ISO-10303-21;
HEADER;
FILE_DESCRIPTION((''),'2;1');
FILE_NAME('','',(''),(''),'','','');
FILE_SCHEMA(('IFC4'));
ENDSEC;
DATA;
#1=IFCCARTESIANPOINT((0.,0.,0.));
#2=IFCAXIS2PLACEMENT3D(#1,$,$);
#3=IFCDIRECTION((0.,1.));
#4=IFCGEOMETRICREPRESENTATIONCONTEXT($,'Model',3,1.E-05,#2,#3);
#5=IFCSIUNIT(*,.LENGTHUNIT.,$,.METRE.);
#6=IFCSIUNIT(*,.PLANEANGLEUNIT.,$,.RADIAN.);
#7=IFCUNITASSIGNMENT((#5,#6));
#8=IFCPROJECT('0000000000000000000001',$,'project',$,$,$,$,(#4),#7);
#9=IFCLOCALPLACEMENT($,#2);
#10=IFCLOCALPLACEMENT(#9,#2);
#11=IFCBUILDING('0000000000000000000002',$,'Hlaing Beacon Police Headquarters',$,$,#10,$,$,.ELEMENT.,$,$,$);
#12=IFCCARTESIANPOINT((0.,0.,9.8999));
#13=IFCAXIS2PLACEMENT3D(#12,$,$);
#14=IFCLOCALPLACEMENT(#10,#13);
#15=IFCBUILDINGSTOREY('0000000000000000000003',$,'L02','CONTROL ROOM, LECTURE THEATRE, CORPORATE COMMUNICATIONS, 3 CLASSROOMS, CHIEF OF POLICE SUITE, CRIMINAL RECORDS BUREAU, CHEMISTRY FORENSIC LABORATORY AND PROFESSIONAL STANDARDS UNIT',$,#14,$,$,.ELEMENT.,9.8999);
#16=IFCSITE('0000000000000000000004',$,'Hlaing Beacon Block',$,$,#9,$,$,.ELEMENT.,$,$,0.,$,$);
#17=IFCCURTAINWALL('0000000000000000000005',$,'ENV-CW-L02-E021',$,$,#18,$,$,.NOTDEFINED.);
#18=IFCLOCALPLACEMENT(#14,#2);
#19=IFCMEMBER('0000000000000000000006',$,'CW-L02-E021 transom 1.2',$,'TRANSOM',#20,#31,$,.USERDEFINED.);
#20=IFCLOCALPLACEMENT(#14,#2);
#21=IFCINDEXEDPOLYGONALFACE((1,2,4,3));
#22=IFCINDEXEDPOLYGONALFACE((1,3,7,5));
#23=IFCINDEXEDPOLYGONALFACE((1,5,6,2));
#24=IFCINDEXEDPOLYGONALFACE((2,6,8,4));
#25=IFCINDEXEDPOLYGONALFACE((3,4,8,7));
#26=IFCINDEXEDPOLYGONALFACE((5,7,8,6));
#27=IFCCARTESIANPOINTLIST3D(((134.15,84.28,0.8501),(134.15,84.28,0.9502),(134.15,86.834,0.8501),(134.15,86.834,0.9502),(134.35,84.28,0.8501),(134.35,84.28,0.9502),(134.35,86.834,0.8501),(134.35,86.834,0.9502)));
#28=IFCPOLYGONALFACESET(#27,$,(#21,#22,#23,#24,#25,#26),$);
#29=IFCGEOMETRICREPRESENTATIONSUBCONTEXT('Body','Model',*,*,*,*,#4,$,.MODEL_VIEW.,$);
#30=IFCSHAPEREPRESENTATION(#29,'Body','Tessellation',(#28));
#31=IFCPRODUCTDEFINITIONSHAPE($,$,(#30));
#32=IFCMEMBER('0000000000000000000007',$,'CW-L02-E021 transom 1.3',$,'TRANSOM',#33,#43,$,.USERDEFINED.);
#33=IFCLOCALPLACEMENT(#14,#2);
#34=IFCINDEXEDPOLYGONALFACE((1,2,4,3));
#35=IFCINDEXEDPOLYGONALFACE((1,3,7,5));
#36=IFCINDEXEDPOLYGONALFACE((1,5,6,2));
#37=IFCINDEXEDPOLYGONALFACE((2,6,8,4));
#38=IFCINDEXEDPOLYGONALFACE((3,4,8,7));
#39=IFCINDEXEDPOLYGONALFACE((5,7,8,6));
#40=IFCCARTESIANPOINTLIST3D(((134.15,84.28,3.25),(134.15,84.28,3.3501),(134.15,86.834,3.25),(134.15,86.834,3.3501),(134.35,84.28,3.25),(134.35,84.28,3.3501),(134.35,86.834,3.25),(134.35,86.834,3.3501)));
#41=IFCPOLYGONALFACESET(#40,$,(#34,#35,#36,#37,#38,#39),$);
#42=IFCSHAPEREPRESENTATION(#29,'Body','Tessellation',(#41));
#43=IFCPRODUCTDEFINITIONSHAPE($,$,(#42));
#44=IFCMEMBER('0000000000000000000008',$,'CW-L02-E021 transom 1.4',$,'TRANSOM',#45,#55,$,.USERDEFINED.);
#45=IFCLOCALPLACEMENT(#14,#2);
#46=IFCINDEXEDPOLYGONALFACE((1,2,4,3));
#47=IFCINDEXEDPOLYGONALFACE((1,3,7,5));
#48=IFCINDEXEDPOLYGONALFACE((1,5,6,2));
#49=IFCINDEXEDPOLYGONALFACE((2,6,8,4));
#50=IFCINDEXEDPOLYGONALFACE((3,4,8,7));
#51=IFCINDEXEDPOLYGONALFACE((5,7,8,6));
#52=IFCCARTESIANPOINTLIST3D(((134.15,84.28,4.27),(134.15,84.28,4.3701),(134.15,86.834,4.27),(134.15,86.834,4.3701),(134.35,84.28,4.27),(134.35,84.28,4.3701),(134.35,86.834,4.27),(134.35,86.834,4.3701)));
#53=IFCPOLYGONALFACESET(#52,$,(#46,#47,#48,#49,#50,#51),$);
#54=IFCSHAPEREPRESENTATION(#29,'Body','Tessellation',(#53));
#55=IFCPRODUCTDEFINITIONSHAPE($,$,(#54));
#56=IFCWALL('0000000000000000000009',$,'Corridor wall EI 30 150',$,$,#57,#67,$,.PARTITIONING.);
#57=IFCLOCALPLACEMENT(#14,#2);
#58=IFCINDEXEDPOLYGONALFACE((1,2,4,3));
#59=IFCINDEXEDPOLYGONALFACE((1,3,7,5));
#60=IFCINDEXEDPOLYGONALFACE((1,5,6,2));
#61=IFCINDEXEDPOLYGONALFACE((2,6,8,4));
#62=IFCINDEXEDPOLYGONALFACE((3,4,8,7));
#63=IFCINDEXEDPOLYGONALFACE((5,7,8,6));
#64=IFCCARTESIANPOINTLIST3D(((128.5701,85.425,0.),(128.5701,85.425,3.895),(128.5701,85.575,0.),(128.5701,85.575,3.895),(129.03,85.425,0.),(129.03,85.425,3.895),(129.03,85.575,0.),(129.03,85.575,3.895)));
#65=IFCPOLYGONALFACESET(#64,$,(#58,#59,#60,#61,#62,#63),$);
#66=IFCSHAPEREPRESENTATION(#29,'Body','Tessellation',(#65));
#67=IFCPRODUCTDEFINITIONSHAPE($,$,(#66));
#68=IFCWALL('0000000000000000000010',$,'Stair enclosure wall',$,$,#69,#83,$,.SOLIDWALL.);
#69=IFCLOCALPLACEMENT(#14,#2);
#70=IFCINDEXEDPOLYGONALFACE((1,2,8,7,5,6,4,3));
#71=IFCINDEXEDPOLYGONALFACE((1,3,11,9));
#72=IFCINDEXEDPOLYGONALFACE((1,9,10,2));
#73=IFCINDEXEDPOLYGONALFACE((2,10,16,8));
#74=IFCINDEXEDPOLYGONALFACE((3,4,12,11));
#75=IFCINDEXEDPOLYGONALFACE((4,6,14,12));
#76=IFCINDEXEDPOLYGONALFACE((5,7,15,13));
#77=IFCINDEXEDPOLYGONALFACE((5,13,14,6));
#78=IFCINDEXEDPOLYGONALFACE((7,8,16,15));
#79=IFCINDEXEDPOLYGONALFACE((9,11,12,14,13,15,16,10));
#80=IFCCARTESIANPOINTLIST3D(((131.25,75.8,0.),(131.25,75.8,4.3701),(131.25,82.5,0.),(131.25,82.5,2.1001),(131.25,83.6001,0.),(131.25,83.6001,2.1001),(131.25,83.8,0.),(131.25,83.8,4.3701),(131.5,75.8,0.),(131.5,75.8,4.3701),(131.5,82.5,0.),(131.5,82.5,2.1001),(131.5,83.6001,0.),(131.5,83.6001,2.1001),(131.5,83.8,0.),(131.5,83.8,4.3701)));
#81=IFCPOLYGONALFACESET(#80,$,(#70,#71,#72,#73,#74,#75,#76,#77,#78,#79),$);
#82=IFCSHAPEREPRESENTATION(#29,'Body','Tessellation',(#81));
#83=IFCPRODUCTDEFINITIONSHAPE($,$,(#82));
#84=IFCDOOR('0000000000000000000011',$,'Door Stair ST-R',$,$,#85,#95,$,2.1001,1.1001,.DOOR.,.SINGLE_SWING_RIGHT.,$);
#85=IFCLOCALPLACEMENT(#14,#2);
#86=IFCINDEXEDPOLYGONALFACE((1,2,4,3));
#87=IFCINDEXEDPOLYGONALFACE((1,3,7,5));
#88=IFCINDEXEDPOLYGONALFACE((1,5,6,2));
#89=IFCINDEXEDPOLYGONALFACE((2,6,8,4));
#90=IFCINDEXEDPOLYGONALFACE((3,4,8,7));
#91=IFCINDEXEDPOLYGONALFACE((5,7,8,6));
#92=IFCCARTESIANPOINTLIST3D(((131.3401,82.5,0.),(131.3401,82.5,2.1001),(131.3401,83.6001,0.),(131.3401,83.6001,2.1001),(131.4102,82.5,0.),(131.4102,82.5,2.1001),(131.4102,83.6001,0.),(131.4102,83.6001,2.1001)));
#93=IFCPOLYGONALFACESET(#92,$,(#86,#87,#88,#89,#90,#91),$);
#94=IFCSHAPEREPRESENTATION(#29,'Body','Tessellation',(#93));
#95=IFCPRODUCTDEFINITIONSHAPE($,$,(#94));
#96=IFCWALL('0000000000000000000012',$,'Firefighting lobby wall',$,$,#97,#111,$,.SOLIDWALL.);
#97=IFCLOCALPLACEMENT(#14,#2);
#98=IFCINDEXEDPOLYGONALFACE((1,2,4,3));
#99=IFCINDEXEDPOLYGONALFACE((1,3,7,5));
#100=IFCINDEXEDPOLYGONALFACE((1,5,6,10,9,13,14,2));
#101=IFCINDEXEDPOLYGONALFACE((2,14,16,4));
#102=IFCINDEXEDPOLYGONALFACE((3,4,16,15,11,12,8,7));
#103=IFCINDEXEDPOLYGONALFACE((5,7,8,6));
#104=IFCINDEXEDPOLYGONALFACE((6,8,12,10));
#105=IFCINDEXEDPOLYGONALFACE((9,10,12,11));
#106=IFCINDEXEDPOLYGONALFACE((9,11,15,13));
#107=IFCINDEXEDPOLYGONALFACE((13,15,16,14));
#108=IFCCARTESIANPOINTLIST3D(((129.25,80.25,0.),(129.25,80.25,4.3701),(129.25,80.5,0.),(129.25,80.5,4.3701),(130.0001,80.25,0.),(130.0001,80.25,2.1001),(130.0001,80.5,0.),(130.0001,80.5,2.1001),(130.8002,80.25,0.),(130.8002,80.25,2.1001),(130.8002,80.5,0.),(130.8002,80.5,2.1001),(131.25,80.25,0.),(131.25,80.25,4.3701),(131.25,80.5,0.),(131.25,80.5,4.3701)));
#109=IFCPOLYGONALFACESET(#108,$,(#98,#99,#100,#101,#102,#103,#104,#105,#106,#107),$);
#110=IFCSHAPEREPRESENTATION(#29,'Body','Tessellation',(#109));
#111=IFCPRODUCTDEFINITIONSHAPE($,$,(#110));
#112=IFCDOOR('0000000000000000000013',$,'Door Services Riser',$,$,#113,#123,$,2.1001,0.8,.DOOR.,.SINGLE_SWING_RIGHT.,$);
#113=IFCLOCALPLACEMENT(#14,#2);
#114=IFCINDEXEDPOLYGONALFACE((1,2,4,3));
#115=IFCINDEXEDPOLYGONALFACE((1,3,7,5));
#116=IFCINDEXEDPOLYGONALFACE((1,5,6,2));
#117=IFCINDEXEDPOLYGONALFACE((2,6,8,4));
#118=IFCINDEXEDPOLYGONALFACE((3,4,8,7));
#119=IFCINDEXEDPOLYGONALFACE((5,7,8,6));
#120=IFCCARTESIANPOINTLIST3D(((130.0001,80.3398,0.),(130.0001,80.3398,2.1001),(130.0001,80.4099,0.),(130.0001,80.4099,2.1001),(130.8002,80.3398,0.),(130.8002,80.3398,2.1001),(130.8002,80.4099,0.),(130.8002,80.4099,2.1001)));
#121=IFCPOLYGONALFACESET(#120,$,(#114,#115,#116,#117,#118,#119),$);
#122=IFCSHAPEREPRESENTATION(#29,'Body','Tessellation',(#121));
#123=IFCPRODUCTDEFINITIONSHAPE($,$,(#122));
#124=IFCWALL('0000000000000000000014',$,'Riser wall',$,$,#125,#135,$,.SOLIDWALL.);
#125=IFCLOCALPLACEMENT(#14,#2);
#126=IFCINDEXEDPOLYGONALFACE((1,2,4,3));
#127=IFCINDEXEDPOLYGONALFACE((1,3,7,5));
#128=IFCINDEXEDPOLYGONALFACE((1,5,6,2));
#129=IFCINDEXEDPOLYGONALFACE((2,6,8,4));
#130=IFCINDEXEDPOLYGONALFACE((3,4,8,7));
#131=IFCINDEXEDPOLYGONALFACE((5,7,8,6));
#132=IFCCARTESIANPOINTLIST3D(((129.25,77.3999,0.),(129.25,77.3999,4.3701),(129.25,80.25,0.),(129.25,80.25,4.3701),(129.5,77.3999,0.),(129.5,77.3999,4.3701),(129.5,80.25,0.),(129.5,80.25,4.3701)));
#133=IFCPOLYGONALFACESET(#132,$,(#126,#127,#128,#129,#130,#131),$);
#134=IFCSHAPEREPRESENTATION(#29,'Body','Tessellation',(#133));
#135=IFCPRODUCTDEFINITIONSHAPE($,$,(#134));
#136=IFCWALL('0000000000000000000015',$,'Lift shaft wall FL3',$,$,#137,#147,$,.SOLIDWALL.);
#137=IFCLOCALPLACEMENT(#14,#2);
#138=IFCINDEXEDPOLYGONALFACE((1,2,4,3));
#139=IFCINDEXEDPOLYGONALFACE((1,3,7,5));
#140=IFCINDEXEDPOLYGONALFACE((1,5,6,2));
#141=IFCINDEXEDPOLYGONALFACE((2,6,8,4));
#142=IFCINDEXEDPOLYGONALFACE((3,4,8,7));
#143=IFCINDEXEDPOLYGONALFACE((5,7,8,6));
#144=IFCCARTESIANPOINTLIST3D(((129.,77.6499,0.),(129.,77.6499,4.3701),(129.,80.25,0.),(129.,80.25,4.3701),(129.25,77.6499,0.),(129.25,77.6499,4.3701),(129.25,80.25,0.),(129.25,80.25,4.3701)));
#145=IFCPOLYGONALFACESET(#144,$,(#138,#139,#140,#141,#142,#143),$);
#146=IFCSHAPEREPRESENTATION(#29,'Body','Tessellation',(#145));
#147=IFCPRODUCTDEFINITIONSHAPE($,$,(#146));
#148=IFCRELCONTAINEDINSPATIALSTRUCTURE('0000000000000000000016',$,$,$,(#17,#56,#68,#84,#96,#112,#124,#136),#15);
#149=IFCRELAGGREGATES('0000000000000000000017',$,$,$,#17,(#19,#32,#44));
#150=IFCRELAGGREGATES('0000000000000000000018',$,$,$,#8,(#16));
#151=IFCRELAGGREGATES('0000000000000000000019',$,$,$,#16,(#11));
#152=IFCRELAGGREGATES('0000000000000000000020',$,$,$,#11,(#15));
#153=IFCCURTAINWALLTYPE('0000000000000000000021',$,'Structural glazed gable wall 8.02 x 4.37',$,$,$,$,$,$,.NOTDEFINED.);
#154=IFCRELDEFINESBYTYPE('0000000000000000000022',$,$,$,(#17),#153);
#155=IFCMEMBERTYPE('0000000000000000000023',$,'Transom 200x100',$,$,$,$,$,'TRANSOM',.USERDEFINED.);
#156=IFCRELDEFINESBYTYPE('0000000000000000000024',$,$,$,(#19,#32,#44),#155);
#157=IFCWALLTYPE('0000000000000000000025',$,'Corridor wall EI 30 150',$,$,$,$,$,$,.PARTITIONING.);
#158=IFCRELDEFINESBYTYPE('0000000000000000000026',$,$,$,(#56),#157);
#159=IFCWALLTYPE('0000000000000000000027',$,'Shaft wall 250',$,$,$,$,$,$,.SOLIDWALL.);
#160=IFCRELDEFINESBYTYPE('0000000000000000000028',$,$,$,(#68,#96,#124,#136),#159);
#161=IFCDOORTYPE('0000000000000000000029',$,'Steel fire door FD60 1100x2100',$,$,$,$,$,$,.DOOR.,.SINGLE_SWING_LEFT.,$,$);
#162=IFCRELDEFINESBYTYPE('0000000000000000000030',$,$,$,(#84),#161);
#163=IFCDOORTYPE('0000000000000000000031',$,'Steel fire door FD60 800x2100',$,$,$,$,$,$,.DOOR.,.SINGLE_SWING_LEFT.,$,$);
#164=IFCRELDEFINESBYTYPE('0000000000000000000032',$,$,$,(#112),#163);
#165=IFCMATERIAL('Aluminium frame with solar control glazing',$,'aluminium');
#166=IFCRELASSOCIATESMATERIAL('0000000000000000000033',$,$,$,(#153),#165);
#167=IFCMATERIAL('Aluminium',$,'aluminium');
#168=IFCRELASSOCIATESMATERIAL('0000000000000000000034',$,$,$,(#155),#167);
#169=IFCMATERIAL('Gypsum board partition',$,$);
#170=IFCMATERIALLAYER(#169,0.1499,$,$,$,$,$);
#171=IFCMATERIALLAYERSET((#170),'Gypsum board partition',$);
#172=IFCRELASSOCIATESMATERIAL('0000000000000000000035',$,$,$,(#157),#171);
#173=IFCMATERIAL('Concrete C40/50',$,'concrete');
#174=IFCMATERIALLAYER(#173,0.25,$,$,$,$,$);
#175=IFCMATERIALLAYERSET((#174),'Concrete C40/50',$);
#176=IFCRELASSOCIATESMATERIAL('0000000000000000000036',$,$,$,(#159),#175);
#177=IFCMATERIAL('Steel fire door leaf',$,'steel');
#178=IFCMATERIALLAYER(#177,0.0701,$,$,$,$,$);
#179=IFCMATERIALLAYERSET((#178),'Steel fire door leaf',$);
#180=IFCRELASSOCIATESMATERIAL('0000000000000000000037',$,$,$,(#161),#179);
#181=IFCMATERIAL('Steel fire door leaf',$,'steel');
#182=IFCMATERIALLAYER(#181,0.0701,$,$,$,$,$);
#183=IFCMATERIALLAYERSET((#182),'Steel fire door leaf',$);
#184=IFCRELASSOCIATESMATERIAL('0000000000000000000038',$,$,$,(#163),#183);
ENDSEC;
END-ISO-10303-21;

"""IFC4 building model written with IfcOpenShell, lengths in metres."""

from ifc_helpers import new_model, si_unit, direction, frame, frame_2d, origin, origin_2d, place, context, subcontext, project, spatial, rectangle, extrude, material, layer, layer_set, material_profile, profile_set, type_object, element, fill, aggregate, save


model = new_model("IFC4")

# Units and contexts
model_context = context("Model", 3, precision=1e-05, world=origin(), true_north=direction((0.0, 1.0)))
body_context = subcontext(model_context, "Body", "Model", "MODEL_VIEW")
ifc_project = project(units=[si_unit("LENGTHUNIT", "METRE"), si_unit("PLANEANGLEUNIT", "RADIAN")], contexts=[model_context])

# Site, building, storey
site_placement = place(None, origin())
site = spatial("IfcSite", under=ifc_project, at=site_placement, Name="Hlaing Beacon Block", CompositionType="ELEMENT", RefElevation=0.0)
building_placement = place(site_placement, origin())
building = spatial("IfcBuilding", under=site, at=building_placement, Name="Hlaing Beacon Police Headquarters", CompositionType="ELEMENT")
storey_placement = place(building_placement, frame((0.0, 0.0, 9.8999)))
storey = spatial("IfcBuildingStorey", under=building, at=storey_placement, Name="L02", Description="CONTROL ROOM, LECTURE THEATRE, CORPORATE COMMUNICATIONS, 3 CLASSROOMS, CHIEF OF POLICE SUITE, CRIMINAL RECORDS BUREAU, CHEMISTRY FORENSIC LABORATORY AND PROFESSIONAL STANDARDS UNIT", CompositionType="ELEMENT", Elevation=9.8999)

# Curtain wall
ifc_material_1 = material(Name="Aluminium frame with solar control glazing", Category="aluminium")
curtain_wall_type = type_object("IfcCurtainWallType", Name="Structural glazed gable wall 8.02 x 4.37", PredefinedType="NOTDEFINED", material=ifc_material_1)
curtain_wall_placement = place(storey_placement, origin())
curtain_wall = element("IfcCurtainWall", 1, at=curtain_wall_placement, inside=storey, type_object=curtain_wall_type, Name="ENV-CW-L02-E021", PredefinedType="NOTDEFINED")

# Members
ifc_material_2 = material(Name="Aluminium", Category="aluminium")
ifc_material_profile_1 = material_profile(ifc_material_2, rectangle(XDim=0.2, YDim=0.1001, at=origin_2d()), Name="Transom 200x100")
ifc_profile_set_1 = profile_set([ifc_material_profile_1], Name="Aluminium")
member_type_1 = type_object("IfcMemberType", Name="Transom 200x100", ElementType="TRANSOM", PredefinedType="USERDEFINED", material=ifc_profile_set_1)
member_1_placement = place(storey_placement, frame((134.25, 84.28, 0.9001), z_axis=(0.0, 1.0, 0.0), x_axis=(-1.0, 0.0, 0.0)))
member_1 = element("IfcMember", 2, at=member_1_placement, type_object=member_type_1, Name="CW-L02-E021 transom 1.2", ObjectType="TRANSOM", PredefinedType="USERDEFINED", context=body_context, shape_type="SweptSolid", body=[
    extrude(rectangle(XDim=0.2, YDim=0.1001, at=origin_2d()), origin(), (0.0, 0.0, 1.0), 2.554),
])
member_2_placement = place(storey_placement, frame((134.25, 84.28, 3.3), z_axis=(0.0, 1.0, 0.0), x_axis=(-1.0, 0.0, 0.0)))
member_2 = element("IfcMember", 3, at=member_2_placement, type_object=member_type_1, Name="CW-L02-E021 transom 1.3", ObjectType="TRANSOM", PredefinedType="USERDEFINED", context=body_context, shape_type="SweptSolid", body=[
    extrude(rectangle(XDim=0.2, YDim=0.1001, at=origin_2d()), origin(), (0.0, 0.0, 1.0), 2.554),
])
member_3_placement = place(storey_placement, frame((134.25, 84.28, 4.3201), z_axis=(0.0, 1.0, 0.0), x_axis=(-1.0, 0.0, 0.0)))
member_3 = element("IfcMember", 4, at=member_3_placement, type_object=member_type_1, Name="CW-L02-E021 transom 1.4", ObjectType="TRANSOM", PredefinedType="USERDEFINED", context=body_context, shape_type="SweptSolid", body=[
    extrude(rectangle(XDim=0.2, YDim=0.1001, at=origin_2d()), origin(), (0.0, 0.0, 1.0), 2.554),
])
aggregate(curtain_wall, [member_1, member_2, member_3])

# Wall
ifc_material_3 = material(Name="Gypsum board partition")
ifc_layer_1 = layer(ifc_material_3, 0.1499)
ifc_layer_set_1 = layer_set([ifc_layer_1], Name="Gypsum board partition")
wall_type_1 = type_object("IfcWallType", Name="Corridor wall EI 30 150", PredefinedType="PARTITIONING", material=ifc_layer_set_1)
wall_1_placement = place(storey_placement, frame((128.5701, 85.5, 0.0), z_axis=(0.0, 0.0, 1.0), x_axis=(1.0, 0.0, 0.0)))
element("IfcWall", 5, at=wall_1_placement, inside=storey, type_object=wall_type_1, Name="Corridor wall EI 30 150", PredefinedType="PARTITIONING", context=body_context, shape_type="SweptSolid", body=[
    extrude(rectangle(XDim=0.46, YDim=0.1499, at=frame_2d((0.23, 0.0))), origin(), (0.0, 0.0, 1.0), 3.895),
])

# Walls, openings, doors
ifc_material_4 = material(Name="Concrete C40/50", Category="concrete")
ifc_layer_2 = layer(ifc_material_4, 0.25)
ifc_layer_set_2 = layer_set([ifc_layer_2], Name="Concrete C40/50")
wall_type_2 = type_object("IfcWallType", Name="Shaft wall 250", PredefinedType="SOLIDWALL", material=ifc_layer_set_2)
wall_2_placement = place(storey_placement, frame((131.375, 83.8, 0.0), z_axis=(0.0, 0.0, 1.0), x_axis=(0.0, -1.0, 0.0)))
wall_2 = element("IfcWall", 6, at=wall_2_placement, inside=storey, type_object=wall_type_2, Name="Stair enclosure wall", PredefinedType="SOLIDWALL", context=body_context, shape_type="SweptSolid", body=[
    extrude(rectangle(XDim=8.0, YDim=0.25, at=frame_2d((4.0, 0.0))), origin(), (0.0, 0.0, 1.0), 4.3701),
])
opening_1_placement = place(wall_2_placement, frame((0.2, 0.0, 0.0)))
opening_1 = element("IfcOpeningElement", 7, at=opening_1_placement, cuts=wall_2, PredefinedType="OPENING", context=body_context, shape_type="SweptSolid", body=[
    extrude(rectangle(XDim=1.1001, YDim=2.1001, at=frame_2d((0.55, 1.05))), frame((0.0, 0.135, 0.0), z_axis=(0.0, -1.0, 0.0), x_axis=(1.0, 0.0, 0.0)), (0.0, 0.0, 1.0), 0.27),
])
ifc_material_5 = material(Name="Steel fire door leaf", Category="steel")
ifc_layer_3 = layer(ifc_material_5, 0.0701)
ifc_layer_set_3 = layer_set([ifc_layer_3], Name="Steel fire door leaf")
door_type_1 = type_object("IfcDoorType", Name="Steel fire door FD60 1100x2100", OperationType="SINGLE_SWING_LEFT", PredefinedType="DOOR", material=ifc_layer_set_3)
door_1_placement = place(opening_1_placement, origin())
door_1 = element("IfcDoor", 8, at=door_1_placement, inside=storey, type_object=door_type_1, Name="Door Stair ST-R", OperationType="SINGLE_SWING_RIGHT", OverallHeight=2.1001, OverallWidth=1.1001, PredefinedType="DOOR", context=body_context, shape_type="SweptSolid", body=[
    extrude(rectangle(XDim=1.1001, YDim=2.1001, at=frame_2d((0.55, 1.05))), frame((0.0, 0.0352, 0.0), z_axis=(0.0, -1.0, 0.0), x_axis=(1.0, 0.0, 0.0)), (0.0, 0.0, 1.0), 0.0701),
])
fill(opening_1, door_1)
wall_3_placement = place(storey_placement, frame((131.25, 80.375, 0.0), z_axis=(0.0, 0.0, 1.0), x_axis=(-1.0, 0.0, 0.0)))
wall_3 = element("IfcWall", 9, at=wall_3_placement, inside=storey, type_object=wall_type_2, Name="Firefighting lobby wall", PredefinedType="SOLIDWALL", context=body_context, shape_type="SweptSolid", body=[
    extrude(rectangle(XDim=2.0, YDim=0.25, at=frame_2d((1.0, 0.0))), origin(), (0.0, 0.0, 1.0), 4.3701),
])
opening_2_placement = place(wall_3_placement, frame((0.45, 0.0, 0.0)))
opening_2 = element("IfcOpeningElement", 10, at=opening_2_placement, cuts=wall_3, PredefinedType="OPENING", context=body_context, shape_type="SweptSolid", body=[
    extrude(rectangle(XDim=0.8, YDim=2.1001, at=frame_2d((0.3999, 1.05))), frame((0.0, 0.135, 0.0), z_axis=(0.0, -1.0, 0.0), x_axis=(1.0, 0.0, 0.0)), (0.0, 0.0, 1.0), 0.27),
])
ifc_material_6 = material(Name="Steel fire door leaf", Category="steel")
ifc_layer_4 = layer(ifc_material_6, 0.0701)
ifc_layer_set_4 = layer_set([ifc_layer_4], Name="Steel fire door leaf")
door_type_2 = type_object("IfcDoorType", Name="Steel fire door FD60 800x2100", OperationType="SINGLE_SWING_LEFT", PredefinedType="DOOR", material=ifc_layer_set_4)
door_2_placement = place(opening_2_placement, origin())
door_2 = element("IfcDoor", 11, at=door_2_placement, inside=storey, type_object=door_type_2, Name="Door Services Riser", OperationType="SINGLE_SWING_RIGHT", OverallHeight=2.1001, OverallWidth=0.8, PredefinedType="DOOR", context=body_context, shape_type="SweptSolid", body=[
    extrude(rectangle(XDim=0.8, YDim=2.1001, at=frame_2d((0.3999, 1.05))), frame((0.0, 0.0352, 0.0), z_axis=(0.0, -1.0, 0.0), x_axis=(1.0, 0.0, 0.0)), (0.0, 0.0, 1.0), 0.0701),
])
fill(opening_2, door_2)

# Walls
wall_4_placement = place(storey_placement, frame((129.375, 80.25, 0.0), z_axis=(0.0, 0.0, 1.0), x_axis=(0.0, -1.0, 0.0)))
element("IfcWall", 12, at=wall_4_placement, inside=storey, type_object=wall_type_2, Name="Riser wall", PredefinedType="SOLIDWALL", context=body_context, shape_type="SweptSolid", body=[
    extrude(rectangle(XDim=2.8501, YDim=0.25, at=frame_2d((1.425, 0.0))), origin(), (0.0, 0.0, 1.0), 4.3701),
])
wall_5_placement = place(storey_placement, frame((129.125, 77.6499, 0.0), z_axis=(0.0, 0.0, 1.0), x_axis=(0.0, 1.0, 0.0)))
element("IfcWall", 13, at=wall_5_placement, inside=storey, type_object=wall_type_2, Name="Lift shaft wall FL3", PredefinedType="SOLIDWALL", context=body_context, shape_type="SweptSolid", body=[
    extrude(rectangle(XDim=2.6001, YDim=0.25, at=frame_2d((1.3, 0.0))), origin(), (0.0, 0.0, 1.0), 4.3701),
])

save(model, "model.ifc")
